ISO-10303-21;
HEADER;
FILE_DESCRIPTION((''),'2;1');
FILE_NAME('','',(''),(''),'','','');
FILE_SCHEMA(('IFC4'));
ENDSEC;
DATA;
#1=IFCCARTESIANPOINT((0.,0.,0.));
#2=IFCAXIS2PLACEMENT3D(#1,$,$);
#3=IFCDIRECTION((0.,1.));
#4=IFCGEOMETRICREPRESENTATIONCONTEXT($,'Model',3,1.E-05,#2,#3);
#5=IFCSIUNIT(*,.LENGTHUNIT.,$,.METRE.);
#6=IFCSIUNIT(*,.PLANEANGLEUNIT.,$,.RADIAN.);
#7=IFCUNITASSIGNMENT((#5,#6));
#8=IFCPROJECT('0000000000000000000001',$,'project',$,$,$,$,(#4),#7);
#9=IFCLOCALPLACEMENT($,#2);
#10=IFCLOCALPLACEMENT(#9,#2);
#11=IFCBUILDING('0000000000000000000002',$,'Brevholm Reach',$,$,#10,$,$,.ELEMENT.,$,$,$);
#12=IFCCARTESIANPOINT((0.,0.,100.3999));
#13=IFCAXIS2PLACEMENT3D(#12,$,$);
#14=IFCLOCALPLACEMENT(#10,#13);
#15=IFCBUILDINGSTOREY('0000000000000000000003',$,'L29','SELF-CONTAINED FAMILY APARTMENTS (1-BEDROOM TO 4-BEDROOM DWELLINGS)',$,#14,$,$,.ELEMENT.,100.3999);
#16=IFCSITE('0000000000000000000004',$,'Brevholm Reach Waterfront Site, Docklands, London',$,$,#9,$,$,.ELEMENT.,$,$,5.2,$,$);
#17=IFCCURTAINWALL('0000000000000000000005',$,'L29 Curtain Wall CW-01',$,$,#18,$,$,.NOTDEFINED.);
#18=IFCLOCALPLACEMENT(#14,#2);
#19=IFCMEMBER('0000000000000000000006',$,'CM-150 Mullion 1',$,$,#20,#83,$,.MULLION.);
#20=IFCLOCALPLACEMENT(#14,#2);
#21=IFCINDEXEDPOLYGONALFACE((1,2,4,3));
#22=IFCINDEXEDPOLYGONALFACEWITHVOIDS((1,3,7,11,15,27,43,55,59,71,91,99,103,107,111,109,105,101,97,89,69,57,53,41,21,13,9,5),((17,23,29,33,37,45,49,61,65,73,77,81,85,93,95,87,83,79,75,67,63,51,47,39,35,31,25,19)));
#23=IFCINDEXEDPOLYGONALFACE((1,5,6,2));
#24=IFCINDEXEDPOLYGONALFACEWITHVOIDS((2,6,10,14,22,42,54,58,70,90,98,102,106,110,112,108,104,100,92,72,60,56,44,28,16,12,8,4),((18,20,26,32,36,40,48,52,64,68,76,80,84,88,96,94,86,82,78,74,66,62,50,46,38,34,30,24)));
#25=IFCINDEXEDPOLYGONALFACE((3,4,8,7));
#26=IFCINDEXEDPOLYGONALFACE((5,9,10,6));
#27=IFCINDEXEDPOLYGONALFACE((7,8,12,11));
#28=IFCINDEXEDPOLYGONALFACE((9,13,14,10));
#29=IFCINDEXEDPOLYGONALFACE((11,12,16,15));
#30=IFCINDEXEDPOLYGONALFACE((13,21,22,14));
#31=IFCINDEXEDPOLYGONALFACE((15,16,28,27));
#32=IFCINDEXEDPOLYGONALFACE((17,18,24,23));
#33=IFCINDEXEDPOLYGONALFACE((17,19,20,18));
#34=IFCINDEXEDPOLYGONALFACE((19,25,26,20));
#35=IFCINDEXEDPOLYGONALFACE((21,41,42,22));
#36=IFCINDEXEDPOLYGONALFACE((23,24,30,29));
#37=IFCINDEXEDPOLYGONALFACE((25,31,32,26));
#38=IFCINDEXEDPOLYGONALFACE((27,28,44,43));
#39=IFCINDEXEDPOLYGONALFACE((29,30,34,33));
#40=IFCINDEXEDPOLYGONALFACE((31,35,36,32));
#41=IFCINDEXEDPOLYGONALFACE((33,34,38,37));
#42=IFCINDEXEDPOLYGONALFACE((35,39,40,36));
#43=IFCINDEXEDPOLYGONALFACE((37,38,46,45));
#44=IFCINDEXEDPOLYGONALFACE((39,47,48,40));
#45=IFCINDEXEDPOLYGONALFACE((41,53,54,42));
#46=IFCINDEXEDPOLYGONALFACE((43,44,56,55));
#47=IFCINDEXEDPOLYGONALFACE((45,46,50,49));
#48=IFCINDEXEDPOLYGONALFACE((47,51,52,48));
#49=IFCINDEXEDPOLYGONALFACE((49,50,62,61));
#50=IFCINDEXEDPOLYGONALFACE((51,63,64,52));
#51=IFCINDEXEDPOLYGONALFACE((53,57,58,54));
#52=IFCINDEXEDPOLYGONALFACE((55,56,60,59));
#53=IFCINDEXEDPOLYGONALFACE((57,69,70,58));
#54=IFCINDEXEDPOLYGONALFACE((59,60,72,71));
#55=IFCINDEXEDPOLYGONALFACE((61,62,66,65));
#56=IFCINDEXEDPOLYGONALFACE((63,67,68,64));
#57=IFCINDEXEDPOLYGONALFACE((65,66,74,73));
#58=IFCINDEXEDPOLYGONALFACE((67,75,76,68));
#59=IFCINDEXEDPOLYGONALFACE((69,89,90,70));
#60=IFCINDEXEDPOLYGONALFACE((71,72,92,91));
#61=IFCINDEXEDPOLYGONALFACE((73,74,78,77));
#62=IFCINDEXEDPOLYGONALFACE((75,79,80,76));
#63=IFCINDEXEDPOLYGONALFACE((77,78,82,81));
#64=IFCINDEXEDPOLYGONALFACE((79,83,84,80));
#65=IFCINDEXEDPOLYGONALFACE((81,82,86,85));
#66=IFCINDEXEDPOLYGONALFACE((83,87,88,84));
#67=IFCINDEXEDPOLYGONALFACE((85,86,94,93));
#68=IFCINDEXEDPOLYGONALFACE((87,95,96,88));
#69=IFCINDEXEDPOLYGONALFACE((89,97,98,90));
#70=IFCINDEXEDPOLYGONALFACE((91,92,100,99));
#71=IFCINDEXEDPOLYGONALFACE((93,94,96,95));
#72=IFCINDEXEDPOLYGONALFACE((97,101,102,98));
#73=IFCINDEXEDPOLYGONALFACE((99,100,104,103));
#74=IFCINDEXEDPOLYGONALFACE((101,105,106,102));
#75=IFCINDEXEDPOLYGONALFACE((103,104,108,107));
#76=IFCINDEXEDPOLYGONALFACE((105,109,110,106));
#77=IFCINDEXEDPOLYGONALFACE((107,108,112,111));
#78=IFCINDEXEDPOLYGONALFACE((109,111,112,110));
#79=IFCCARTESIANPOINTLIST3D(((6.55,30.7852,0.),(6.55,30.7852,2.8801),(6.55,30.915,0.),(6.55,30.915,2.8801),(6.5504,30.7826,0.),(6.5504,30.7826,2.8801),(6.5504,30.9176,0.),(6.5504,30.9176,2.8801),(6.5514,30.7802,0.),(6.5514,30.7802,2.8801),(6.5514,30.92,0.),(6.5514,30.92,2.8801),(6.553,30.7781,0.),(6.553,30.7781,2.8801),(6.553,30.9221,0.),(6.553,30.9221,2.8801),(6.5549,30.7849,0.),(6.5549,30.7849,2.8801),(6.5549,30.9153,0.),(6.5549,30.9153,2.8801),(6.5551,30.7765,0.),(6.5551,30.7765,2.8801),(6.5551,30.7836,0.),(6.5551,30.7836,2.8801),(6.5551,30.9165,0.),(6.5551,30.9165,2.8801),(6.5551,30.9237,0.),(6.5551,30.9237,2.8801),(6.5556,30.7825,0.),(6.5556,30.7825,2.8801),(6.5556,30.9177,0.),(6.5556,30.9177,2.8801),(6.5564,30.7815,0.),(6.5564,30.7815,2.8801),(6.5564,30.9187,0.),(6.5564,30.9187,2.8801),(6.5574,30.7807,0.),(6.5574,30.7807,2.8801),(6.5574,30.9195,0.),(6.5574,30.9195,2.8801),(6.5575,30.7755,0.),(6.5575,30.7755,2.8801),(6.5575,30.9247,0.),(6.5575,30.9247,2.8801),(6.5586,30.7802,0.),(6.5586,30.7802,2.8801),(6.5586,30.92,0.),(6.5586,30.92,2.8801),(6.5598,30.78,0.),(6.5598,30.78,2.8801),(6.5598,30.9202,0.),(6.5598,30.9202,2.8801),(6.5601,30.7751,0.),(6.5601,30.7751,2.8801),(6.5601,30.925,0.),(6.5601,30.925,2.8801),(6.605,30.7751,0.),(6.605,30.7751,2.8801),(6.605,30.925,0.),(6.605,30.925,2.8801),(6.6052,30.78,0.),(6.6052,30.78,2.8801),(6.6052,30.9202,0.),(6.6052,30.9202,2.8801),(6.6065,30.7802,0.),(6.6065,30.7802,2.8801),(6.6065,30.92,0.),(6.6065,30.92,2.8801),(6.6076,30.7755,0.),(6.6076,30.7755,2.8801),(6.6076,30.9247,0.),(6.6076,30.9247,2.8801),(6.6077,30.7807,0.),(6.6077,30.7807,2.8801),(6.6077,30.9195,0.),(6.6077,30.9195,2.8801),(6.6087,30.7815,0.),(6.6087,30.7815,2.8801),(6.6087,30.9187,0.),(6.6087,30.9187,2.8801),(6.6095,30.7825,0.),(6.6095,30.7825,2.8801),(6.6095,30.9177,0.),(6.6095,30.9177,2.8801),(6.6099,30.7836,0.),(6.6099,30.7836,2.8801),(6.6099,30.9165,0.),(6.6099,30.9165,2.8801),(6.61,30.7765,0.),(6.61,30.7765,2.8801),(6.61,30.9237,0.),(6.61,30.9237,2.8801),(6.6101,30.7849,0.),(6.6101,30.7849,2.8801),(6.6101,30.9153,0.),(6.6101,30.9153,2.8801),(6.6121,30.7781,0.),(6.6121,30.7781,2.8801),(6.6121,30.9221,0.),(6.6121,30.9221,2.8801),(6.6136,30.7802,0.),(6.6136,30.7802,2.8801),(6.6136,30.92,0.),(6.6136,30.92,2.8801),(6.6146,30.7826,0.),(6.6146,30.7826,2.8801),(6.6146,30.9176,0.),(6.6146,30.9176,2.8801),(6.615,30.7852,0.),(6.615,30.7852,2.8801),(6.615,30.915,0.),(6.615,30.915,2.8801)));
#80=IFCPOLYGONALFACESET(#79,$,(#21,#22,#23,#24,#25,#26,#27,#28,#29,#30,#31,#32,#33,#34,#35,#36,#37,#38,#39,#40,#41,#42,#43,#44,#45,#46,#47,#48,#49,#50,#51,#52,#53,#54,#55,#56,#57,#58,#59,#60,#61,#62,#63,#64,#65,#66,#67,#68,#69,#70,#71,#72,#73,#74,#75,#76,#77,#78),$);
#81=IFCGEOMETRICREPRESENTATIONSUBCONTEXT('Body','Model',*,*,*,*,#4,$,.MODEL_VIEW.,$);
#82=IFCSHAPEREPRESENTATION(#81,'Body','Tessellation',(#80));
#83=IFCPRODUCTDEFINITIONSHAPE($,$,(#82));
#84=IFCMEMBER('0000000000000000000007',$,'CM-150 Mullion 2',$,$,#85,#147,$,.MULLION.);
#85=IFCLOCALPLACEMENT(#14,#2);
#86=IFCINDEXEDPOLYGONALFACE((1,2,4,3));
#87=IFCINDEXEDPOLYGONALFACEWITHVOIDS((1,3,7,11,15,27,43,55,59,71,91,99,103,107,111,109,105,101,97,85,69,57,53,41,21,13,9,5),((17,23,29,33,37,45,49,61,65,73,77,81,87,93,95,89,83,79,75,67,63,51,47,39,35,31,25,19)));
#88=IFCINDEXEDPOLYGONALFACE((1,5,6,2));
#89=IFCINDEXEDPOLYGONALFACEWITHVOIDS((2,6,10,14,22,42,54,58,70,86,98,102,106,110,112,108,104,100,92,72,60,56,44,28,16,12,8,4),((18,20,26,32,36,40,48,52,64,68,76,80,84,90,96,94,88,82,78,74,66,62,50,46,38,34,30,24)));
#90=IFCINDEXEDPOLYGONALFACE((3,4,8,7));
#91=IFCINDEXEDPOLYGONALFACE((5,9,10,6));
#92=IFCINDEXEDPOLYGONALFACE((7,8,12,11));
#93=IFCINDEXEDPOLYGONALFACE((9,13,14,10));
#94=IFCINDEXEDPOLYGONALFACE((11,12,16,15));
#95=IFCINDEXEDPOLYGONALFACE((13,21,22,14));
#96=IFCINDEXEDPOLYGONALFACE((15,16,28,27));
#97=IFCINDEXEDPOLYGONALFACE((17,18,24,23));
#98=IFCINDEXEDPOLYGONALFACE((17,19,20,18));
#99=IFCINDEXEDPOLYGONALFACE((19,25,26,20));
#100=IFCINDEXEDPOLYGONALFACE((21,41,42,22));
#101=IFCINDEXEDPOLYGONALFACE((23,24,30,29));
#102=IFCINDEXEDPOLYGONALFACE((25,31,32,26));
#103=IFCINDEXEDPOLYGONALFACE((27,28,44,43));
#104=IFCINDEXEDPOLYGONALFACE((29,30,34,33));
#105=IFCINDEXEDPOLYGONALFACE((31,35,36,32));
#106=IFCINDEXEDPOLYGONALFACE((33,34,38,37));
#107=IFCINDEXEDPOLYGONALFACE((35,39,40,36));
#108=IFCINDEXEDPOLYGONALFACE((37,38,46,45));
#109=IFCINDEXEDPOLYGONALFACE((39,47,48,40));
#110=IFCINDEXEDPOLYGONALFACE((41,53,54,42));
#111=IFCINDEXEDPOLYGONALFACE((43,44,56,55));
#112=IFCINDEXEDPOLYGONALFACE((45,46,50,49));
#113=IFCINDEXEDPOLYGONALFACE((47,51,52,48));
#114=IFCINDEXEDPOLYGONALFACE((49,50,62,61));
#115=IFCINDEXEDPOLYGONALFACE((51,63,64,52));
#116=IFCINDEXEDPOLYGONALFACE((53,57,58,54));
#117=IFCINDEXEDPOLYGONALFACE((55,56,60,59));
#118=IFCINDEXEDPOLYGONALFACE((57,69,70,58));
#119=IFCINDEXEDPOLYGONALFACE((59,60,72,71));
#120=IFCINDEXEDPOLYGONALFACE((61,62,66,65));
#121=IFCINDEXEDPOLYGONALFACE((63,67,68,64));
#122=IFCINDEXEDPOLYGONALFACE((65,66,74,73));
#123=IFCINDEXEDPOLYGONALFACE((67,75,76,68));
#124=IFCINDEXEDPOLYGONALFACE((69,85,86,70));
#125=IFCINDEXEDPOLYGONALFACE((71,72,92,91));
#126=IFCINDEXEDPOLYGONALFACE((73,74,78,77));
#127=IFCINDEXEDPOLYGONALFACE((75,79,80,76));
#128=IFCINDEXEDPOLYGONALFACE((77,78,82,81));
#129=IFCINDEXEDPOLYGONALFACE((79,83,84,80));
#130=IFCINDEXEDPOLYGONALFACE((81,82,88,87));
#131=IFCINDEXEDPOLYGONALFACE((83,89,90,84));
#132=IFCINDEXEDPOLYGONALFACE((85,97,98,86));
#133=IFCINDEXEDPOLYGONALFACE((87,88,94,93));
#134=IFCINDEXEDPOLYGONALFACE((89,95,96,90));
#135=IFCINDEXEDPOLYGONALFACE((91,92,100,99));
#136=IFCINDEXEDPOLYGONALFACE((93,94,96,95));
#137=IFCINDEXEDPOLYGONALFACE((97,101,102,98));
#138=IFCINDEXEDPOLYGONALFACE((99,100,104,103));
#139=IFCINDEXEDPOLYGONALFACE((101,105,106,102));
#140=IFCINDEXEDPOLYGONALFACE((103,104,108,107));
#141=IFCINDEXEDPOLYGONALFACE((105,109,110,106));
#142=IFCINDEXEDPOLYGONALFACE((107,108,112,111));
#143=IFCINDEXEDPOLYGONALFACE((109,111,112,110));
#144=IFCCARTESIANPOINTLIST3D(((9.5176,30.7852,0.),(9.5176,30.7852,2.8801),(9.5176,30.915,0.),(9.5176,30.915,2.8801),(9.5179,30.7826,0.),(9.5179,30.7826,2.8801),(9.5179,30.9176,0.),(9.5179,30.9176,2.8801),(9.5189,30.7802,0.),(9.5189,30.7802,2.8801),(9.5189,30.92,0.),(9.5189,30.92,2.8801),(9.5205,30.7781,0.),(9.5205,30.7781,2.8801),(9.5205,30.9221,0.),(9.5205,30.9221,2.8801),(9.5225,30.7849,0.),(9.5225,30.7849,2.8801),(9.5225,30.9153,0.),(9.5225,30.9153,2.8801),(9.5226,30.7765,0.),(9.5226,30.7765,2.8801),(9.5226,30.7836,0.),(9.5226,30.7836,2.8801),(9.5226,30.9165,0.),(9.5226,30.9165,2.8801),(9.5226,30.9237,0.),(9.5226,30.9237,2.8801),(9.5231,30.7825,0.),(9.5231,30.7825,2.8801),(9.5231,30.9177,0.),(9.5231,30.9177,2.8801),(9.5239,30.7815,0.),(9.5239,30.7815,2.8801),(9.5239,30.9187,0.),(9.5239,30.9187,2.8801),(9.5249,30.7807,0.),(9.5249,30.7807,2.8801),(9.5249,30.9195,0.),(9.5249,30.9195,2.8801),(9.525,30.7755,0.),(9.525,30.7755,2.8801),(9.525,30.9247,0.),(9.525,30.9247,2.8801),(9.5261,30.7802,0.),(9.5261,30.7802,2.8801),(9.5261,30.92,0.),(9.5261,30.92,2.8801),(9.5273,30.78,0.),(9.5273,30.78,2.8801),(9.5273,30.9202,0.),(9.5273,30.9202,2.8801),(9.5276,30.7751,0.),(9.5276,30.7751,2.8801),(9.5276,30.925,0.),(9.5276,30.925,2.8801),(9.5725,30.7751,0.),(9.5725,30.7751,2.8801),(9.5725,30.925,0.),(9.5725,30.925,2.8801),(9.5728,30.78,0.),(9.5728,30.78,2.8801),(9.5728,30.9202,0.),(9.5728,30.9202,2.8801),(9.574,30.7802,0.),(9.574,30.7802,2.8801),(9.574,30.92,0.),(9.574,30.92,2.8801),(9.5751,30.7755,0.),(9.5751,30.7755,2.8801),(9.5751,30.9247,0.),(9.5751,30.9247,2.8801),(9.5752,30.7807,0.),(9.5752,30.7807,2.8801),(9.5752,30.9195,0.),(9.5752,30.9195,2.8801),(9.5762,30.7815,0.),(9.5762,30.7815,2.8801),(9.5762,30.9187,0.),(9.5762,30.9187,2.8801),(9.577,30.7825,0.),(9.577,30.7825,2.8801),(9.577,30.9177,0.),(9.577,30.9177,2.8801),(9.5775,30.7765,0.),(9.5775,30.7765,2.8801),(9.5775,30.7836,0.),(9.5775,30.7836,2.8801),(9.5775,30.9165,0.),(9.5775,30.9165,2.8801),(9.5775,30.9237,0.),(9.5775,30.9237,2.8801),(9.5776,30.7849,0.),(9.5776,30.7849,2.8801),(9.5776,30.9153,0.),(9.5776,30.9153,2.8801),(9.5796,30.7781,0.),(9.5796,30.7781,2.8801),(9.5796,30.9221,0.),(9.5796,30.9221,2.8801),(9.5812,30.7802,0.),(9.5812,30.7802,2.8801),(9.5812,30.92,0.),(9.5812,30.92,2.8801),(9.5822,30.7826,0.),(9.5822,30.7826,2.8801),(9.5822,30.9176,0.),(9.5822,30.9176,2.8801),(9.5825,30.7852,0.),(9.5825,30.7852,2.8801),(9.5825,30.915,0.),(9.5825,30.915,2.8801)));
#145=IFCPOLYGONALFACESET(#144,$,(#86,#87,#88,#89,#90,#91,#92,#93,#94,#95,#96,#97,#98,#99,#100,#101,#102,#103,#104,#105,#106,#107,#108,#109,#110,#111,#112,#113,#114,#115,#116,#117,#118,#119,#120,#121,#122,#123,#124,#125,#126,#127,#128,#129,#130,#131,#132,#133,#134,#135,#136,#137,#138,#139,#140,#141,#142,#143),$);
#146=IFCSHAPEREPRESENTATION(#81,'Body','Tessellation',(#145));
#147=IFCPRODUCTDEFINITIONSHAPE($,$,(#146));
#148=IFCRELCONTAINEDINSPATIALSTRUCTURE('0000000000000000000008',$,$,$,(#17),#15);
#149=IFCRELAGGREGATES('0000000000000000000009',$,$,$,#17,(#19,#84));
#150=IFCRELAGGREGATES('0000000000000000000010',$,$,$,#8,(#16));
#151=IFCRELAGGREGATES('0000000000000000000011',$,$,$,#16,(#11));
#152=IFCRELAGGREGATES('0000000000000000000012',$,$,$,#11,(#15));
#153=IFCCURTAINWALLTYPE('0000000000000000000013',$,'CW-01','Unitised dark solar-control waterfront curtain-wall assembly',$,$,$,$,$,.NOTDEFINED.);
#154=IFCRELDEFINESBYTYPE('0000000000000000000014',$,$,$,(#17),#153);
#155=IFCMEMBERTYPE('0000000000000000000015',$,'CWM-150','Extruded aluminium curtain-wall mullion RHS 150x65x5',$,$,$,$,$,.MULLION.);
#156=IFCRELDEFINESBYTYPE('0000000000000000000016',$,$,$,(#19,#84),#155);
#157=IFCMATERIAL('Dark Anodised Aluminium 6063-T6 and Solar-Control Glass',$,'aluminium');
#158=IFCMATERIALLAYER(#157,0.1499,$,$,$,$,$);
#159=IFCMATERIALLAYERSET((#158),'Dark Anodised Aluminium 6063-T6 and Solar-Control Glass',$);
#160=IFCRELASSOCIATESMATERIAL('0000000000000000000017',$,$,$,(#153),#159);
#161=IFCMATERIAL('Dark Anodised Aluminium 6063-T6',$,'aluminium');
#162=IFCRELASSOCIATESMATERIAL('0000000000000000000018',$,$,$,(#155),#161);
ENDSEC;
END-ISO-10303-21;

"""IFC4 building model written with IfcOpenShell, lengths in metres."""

from ifc_helpers import new_model, si_unit, direction, frame, origin, origin_2d, place, context, subcontext, project, spatial, hollow_rectangle, extrude, material, layer, layer_set, material_profile, profile_set, type_object, element, aggregate, save


model = new_model("IFC4")

# Units and contexts
model_context = context("Model", 3, precision=1e-05, world=origin(), true_north=direction((0.0, 1.0)))
body_context = subcontext(model_context, "Body", "Model", "MODEL_VIEW")
ifc_project = project(units=[si_unit("LENGTHUNIT", "METRE"), si_unit("PLANEANGLEUNIT", "RADIAN")], contexts=[model_context])

# Site, building, storey
site_placement = place(None, origin())
site = spatial("IfcSite", under=ifc_project, at=site_placement, Name="Brevholm Reach Waterfront Site, Docklands, London", CompositionType="ELEMENT", RefElevation=5.2)
building_placement = place(site_placement, origin())
building = spatial("IfcBuilding", under=site, at=building_placement, Name="Brevholm Reach", CompositionType="ELEMENT")
storey_placement = place(building_placement, frame((0.0, 0.0, 100.3999)))
storey = spatial("IfcBuildingStorey", under=building, at=storey_placement, Name="L29", Description="SELF-CONTAINED FAMILY APARTMENTS (1-BEDROOM TO 4-BEDROOM DWELLINGS)", CompositionType="ELEMENT", Elevation=100.3999)

# Curtain wall, members
ifc_material_1 = material(Name="Dark Anodised Aluminium 6063-T6 and Solar-Control Glass", Category="aluminium")
ifc_layer_1 = layer(ifc_material_1, 0.1499)
ifc_layer_set_1 = layer_set([ifc_layer_1], Name="Dark Anodised Aluminium 6063-T6 and Solar-Control Glass")
curtain_wall_type = type_object("IfcCurtainWallType", Name="CW-01", Description="Unitised dark solar-control waterfront curtain-wall assembly", PredefinedType="NOTDEFINED", material=ifc_layer_set_1)
curtain_wall_placement = place(storey_placement, origin())
curtain_wall = element("IfcCurtainWall", 1, at=curtain_wall_placement, inside=storey, type_object=curtain_wall_type, Name="L29 Curtain Wall CW-01", PredefinedType="NOTDEFINED")
ifc_material_2 = material(Name="Dark Anodised Aluminium 6063-T6", Category="aluminium")
ifc_material_profile_1 = material_profile(ifc_material_2, hollow_rectangle(XDim=0.0649, YDim=0.1499, WallThickness=0.0049, InnerFilletRadius=0.0049, OuterFilletRadius=0.01, at=origin_2d()), Name="RHS 150x65x5")
ifc_profile_set_1 = profile_set([ifc_material_profile_1], Name="Dark Anodised Aluminium 6063-T6")
member_type_1 = type_object("IfcMemberType", Name="CWM-150", Description="Extruded aluminium curtain-wall mullion RHS 150x65x5", PredefinedType="MULLION", material=ifc_profile_set_1)
member_1_placement = place(storey_placement, frame((6.5825, 30.8501, 0.0), z_axis=(0.0, 0.0, 1.0), x_axis=(1.0, 0.0, 0.0)))
member_1 = element("IfcMember", 2, at=member_1_placement, type_object=member_type_1, Name="CM-150 Mullion 1", PredefinedType="MULLION", context=body_context, shape_type="SweptSolid", body=[
    extrude(hollow_rectangle(XDim=0.0649, YDim=0.1499, WallThickness=0.0049, InnerFilletRadius=0.0049, OuterFilletRadius=0.01, at=origin_2d()), origin(), (0.0, 0.0, 1.0), 2.8801),
])
member_2_placement = place(storey_placement, frame((9.55, 30.8501, 0.0), z_axis=(0.0, 0.0, 1.0), x_axis=(1.0, 0.0, 0.0)))
member_2 = element("IfcMember", 3, at=member_2_placement, type_object=member_type_1, Name="CM-150 Mullion 2", PredefinedType="MULLION", context=body_context, shape_type="SweptSolid", body=[
    extrude(hollow_rectangle(XDim=0.0649, YDim=0.1499, WallThickness=0.0049, InnerFilletRadius=0.0049, OuterFilletRadius=0.01, at=origin_2d()), origin(), (0.0, 0.0, 1.0), 2.8801),
])
aggregate(curtain_wall, [member_1, member_2])

save(model, "model.ifc")
